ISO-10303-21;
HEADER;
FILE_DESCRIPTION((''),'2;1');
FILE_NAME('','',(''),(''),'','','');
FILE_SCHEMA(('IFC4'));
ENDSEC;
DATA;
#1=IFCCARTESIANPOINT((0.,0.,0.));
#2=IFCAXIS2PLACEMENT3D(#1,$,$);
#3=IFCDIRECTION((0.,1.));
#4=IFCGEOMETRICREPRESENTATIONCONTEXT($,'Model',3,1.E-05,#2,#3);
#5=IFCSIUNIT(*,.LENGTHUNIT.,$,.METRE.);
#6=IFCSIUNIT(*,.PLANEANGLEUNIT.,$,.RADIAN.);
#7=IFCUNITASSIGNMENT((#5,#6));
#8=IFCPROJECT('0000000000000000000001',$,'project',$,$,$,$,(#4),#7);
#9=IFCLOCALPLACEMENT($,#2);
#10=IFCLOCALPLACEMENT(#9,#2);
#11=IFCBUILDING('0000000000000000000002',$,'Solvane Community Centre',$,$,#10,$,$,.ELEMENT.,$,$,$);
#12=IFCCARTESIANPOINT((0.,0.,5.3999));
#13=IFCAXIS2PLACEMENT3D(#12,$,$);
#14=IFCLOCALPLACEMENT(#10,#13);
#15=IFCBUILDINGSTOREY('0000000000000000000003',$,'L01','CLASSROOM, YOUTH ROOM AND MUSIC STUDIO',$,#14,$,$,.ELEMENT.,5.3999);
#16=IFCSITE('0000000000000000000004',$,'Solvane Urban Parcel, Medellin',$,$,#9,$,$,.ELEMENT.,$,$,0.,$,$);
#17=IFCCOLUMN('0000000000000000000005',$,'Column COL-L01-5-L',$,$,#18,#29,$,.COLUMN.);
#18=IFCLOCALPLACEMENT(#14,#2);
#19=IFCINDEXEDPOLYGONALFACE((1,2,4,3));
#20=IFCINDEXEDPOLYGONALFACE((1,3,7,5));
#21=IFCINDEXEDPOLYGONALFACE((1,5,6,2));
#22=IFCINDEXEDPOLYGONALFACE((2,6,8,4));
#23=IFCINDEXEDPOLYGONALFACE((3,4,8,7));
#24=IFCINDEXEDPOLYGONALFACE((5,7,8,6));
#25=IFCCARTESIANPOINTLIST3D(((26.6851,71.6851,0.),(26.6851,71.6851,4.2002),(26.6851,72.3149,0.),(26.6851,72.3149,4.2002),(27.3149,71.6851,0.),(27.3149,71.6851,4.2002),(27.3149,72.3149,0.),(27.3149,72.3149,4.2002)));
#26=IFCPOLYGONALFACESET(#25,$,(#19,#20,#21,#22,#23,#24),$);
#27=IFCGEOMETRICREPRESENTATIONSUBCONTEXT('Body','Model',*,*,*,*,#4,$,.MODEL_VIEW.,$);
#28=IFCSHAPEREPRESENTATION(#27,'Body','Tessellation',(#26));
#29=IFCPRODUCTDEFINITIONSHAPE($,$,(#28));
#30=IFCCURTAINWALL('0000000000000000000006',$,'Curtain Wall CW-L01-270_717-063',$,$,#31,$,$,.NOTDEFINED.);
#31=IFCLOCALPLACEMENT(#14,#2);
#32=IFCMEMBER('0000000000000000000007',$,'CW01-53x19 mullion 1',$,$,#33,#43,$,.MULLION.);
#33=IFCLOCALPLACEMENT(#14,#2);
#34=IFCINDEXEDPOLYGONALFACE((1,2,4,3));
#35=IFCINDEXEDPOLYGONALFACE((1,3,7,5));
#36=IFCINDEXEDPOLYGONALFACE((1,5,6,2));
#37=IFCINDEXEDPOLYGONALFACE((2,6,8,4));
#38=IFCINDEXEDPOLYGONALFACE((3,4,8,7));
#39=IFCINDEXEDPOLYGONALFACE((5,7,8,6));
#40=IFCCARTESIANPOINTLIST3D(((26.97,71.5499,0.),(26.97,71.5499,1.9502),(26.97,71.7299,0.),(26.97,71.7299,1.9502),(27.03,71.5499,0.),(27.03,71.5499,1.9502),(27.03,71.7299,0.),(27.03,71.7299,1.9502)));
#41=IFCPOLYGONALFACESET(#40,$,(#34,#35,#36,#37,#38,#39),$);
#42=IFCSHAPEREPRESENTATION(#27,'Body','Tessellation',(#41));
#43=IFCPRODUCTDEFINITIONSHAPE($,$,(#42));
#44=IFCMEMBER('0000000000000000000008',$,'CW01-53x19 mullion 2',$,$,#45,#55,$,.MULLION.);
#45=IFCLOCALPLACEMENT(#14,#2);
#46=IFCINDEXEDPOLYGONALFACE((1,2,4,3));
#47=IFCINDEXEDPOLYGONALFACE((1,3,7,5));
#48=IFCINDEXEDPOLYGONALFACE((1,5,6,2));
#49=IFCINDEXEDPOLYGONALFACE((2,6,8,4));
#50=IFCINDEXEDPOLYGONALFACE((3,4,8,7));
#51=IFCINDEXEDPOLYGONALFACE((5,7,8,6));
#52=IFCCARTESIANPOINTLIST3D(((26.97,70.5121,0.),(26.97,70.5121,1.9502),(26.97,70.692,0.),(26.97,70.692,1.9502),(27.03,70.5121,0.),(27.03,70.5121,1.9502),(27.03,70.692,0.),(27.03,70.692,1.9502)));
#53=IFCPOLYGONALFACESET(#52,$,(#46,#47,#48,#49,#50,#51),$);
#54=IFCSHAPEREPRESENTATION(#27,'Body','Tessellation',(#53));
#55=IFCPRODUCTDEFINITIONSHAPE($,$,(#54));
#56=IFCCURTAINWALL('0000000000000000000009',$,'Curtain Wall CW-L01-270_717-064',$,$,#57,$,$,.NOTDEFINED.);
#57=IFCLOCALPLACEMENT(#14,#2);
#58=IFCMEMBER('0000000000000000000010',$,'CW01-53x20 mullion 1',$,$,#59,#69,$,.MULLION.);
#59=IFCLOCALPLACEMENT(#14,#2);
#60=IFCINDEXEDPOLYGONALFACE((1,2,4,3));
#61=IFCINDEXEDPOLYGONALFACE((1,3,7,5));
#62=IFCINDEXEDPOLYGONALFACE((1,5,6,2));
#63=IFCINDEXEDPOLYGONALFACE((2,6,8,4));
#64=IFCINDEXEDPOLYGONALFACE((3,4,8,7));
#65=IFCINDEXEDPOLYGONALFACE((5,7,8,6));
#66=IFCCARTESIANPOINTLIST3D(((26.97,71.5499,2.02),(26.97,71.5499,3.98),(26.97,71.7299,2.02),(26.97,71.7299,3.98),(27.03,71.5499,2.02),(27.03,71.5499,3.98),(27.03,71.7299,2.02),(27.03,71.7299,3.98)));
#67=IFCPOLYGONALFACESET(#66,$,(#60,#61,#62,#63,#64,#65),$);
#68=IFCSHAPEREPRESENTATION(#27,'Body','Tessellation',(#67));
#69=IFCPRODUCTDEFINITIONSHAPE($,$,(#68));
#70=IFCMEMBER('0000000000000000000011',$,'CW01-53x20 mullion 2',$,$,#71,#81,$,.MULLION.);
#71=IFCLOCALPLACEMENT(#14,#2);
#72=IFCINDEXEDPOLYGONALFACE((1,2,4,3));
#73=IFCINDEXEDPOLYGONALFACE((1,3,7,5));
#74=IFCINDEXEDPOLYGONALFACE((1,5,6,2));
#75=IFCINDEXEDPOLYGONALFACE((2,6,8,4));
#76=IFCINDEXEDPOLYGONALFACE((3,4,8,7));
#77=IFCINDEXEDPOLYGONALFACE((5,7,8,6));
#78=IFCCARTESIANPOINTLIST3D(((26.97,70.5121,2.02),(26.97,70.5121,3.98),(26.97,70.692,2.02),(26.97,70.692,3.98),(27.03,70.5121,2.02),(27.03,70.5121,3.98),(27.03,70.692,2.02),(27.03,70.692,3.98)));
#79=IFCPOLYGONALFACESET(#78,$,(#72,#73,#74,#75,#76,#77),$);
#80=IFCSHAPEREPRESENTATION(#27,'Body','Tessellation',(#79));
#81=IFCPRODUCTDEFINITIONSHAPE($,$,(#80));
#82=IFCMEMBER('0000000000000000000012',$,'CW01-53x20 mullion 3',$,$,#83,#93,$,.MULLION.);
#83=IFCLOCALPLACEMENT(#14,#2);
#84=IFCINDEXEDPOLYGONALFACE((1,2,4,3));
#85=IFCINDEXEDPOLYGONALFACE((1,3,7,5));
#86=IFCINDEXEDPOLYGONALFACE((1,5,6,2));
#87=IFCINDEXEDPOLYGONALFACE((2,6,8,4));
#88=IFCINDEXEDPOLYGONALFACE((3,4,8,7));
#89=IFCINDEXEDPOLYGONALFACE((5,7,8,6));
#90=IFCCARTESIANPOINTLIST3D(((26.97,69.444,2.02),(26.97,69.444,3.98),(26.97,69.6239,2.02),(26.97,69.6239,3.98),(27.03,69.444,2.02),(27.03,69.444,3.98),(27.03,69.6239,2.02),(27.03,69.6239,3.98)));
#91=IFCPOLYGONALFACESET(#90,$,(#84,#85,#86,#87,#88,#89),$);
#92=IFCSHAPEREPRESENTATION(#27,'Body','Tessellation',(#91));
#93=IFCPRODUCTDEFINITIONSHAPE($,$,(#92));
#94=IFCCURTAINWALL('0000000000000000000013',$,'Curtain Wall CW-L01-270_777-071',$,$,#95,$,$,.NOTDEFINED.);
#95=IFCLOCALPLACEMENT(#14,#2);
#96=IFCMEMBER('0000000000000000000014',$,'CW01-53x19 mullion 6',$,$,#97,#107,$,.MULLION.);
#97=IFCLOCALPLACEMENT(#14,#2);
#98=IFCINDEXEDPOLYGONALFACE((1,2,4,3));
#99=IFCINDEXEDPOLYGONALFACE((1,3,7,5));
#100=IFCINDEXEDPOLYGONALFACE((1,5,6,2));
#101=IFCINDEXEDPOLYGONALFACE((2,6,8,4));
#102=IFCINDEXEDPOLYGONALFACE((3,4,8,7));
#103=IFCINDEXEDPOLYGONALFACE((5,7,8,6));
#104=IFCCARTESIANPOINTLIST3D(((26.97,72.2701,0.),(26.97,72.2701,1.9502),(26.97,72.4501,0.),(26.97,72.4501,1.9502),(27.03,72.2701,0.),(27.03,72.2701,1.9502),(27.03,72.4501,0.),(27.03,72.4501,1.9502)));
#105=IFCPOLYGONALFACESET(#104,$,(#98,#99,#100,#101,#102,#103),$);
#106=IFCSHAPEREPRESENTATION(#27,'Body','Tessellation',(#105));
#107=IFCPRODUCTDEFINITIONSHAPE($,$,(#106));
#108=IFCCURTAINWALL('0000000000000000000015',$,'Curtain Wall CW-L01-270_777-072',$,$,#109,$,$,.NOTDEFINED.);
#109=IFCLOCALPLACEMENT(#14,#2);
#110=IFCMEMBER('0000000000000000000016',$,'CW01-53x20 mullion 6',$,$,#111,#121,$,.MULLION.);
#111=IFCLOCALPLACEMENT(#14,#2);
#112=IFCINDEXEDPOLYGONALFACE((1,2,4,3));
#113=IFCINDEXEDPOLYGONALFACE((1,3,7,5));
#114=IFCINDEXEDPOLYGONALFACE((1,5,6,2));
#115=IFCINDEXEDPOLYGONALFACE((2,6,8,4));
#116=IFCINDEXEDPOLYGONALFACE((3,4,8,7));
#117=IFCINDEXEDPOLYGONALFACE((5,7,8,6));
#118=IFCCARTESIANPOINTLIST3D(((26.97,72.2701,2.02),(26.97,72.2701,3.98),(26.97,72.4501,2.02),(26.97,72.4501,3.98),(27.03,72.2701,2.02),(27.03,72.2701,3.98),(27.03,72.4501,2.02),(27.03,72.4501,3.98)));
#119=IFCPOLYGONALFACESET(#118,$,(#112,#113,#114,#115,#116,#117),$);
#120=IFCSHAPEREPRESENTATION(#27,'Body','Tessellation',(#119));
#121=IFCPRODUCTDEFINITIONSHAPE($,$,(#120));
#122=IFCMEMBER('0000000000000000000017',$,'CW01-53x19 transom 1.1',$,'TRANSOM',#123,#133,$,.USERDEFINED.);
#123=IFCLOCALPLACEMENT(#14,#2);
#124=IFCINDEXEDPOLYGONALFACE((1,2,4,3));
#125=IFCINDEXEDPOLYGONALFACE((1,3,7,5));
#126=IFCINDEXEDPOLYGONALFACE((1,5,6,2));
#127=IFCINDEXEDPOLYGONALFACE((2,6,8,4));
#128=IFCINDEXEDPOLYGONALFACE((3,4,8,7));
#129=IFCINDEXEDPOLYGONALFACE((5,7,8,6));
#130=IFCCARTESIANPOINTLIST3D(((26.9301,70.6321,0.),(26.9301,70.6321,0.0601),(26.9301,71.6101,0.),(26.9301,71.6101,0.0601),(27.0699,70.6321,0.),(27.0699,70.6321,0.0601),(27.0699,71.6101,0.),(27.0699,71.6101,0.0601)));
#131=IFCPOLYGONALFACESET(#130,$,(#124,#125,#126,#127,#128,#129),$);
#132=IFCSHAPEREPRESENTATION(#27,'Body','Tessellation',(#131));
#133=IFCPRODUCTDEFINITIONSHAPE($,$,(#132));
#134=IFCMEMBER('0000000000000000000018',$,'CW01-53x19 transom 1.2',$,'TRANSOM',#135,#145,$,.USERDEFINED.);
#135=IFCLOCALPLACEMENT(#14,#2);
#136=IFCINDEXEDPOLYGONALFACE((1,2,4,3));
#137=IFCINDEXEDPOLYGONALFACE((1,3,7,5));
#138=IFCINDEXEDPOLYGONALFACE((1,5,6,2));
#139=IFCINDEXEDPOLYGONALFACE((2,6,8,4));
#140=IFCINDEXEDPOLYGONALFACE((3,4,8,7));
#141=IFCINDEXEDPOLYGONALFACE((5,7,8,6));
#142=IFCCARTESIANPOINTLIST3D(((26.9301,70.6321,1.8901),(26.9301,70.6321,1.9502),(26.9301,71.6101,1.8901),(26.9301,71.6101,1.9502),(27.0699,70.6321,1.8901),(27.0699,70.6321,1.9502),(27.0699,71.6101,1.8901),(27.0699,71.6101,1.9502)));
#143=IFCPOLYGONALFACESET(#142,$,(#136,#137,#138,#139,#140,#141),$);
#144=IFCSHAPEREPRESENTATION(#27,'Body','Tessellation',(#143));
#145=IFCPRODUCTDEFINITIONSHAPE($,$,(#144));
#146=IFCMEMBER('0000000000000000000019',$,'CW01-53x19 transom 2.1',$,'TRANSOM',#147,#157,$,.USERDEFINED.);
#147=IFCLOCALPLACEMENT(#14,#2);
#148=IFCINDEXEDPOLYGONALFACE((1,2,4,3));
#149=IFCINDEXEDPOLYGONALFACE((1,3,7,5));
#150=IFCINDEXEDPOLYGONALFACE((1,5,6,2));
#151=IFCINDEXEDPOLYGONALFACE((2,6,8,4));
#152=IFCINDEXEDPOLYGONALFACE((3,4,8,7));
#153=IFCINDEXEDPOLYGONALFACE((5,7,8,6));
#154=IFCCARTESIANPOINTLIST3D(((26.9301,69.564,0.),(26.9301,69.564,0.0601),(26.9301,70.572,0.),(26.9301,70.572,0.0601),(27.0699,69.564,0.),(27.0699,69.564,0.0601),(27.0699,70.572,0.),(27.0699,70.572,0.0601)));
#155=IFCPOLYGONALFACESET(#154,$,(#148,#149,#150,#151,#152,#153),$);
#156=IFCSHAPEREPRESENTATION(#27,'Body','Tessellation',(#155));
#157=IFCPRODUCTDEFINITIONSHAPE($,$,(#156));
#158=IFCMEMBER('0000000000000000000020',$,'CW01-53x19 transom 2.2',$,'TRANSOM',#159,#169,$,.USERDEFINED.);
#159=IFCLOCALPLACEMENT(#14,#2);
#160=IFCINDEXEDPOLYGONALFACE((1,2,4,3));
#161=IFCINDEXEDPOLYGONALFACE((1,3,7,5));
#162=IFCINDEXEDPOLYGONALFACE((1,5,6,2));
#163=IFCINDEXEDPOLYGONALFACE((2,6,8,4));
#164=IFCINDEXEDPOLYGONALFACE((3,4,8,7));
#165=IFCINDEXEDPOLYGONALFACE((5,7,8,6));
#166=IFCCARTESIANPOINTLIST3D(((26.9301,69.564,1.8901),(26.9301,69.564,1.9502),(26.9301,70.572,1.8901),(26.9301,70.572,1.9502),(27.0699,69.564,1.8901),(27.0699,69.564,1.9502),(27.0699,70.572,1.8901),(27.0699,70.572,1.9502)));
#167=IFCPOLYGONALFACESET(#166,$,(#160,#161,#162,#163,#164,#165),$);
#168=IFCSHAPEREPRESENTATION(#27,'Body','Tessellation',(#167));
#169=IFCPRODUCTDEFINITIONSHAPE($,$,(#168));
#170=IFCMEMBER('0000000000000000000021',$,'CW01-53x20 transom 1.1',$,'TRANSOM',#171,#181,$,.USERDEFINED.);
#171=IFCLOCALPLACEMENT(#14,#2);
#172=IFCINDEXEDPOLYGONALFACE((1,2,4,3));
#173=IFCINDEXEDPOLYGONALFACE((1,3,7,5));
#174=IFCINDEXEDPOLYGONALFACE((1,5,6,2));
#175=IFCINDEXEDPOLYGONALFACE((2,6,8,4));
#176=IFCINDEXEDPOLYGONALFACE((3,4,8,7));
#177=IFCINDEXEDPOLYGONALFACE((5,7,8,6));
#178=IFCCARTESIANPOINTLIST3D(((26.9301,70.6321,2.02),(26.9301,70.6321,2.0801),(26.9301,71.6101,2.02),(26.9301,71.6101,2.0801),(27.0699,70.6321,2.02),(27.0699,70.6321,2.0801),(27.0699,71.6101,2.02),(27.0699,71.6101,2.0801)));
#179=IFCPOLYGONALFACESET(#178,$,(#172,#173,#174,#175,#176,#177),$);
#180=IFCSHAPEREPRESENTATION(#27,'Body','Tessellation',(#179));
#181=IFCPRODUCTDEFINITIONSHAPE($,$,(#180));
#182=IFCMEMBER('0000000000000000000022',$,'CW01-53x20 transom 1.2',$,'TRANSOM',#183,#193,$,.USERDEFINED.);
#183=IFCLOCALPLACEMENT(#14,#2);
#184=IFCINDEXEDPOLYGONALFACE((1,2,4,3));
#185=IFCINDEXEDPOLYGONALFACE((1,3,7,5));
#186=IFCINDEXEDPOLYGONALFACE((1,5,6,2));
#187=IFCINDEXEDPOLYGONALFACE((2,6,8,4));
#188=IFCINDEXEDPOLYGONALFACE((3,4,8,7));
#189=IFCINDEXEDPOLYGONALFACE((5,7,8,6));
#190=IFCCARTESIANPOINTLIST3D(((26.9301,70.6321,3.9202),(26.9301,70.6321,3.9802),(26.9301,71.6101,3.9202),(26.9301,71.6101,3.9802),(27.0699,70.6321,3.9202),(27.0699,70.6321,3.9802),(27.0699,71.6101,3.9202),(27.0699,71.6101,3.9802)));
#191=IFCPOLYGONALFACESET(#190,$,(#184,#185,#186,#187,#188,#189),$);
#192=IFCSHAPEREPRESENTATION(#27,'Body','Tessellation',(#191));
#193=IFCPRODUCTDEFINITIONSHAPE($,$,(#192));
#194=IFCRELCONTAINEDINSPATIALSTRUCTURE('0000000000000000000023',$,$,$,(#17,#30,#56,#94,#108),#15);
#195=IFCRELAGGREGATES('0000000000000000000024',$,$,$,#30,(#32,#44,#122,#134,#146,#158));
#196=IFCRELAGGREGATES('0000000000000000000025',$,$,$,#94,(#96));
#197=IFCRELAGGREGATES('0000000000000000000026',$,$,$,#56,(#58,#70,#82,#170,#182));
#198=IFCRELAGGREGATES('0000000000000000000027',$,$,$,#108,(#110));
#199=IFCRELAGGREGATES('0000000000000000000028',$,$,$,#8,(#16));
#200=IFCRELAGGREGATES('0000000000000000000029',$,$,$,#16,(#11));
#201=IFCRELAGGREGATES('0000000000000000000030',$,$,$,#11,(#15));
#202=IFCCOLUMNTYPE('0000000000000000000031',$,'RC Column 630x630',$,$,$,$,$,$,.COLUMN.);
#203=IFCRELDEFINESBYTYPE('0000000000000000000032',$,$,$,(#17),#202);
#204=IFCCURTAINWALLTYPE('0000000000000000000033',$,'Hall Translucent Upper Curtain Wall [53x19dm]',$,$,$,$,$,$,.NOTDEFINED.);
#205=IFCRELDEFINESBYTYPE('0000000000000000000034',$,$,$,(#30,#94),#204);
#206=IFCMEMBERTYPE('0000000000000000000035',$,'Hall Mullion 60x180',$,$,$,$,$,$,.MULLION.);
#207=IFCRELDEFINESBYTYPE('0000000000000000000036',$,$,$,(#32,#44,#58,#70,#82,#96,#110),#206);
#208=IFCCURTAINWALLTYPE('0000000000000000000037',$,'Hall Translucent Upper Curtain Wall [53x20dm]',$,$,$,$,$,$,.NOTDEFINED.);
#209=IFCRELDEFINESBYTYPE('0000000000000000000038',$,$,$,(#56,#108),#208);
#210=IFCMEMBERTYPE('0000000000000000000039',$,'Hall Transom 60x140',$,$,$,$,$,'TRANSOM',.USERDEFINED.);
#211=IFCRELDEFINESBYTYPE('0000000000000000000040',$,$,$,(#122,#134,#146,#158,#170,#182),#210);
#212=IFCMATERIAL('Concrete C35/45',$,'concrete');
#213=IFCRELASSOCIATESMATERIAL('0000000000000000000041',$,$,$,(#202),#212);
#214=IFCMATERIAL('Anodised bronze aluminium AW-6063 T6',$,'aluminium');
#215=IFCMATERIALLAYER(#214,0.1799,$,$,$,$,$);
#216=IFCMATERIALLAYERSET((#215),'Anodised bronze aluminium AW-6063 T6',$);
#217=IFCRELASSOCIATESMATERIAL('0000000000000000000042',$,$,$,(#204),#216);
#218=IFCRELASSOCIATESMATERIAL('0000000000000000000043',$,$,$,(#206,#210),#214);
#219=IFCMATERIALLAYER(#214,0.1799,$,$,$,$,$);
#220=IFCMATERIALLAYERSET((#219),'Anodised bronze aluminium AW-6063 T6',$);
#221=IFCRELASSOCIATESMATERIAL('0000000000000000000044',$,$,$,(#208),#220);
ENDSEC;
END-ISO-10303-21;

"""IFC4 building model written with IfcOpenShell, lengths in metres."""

from ifc_helpers import new_model, si_unit, direction, frame, origin, origin_2d, place, context, subcontext, project, spatial, rectangle, extrude, material, layer, layer_set, material_profile, profile_set, type_object, element, aggregate, save


model = new_model("IFC4")

# Units and contexts
model_context = context("Model", 3, precision=1e-05, world=origin(), true_north=direction((0.0, 1.0)))
body_context = subcontext(model_context, "Body", "Model", "MODEL_VIEW")
ifc_project = project(units=[si_unit("LENGTHUNIT", "METRE"), si_unit("PLANEANGLEUNIT", "RADIAN")], contexts=[model_context])

# Site, building, storey
site_placement = place(None, origin())
site = spatial("IfcSite", under=ifc_project, at=site_placement, Name="Solvane Urban Parcel, Medellin", CompositionType="ELEMENT", RefElevation=0.0)
building_placement = place(site_placement, origin())
building = spatial("IfcBuilding", under=site, at=building_placement, Name="Solvane Community Centre", CompositionType="ELEMENT")
storey_placement = place(building_placement, frame((0.0, 0.0, 5.3999)))
storey = spatial("IfcBuildingStorey", under=building, at=storey_placement, Name="L01", Description="CLASSROOM, YOUTH ROOM AND MUSIC STUDIO", CompositionType="ELEMENT", Elevation=5.3999)

# Column
ifc_material_1 = material(Name="Concrete C35/45", Category="concrete")
ifc_material_profile_1 = material_profile(ifc_material_1, rectangle(XDim=0.6299, YDim=0.6299, at=origin_2d()), Name="RC 630x630")
ifc_profile_set_1 = profile_set([ifc_material_profile_1], Name="Concrete C35/45")
column_type = type_object("IfcColumnType", Name="RC Column 630x630", PredefinedType="COLUMN", material=ifc_profile_set_1)
column_placement = place(storey_placement, frame((27.0, 72.0, 0.0), z_axis=(0.0, 0.0, 1.0), x_axis=(1.0, 0.0, 0.0)))
element("IfcColumn", 1, at=column_placement, inside=storey, type_object=column_type, Name="Column COL-L01-5-L", PredefinedType="COLUMN", context=body_context, shape_type="SweptSolid", body=[
    extrude(rectangle(XDim=0.6299, YDim=0.6299, at=origin_2d()), origin(), (0.0, 0.0, 1.0), 4.2002),
])

# Curtain walls, members
ifc_material_2 = material(Name="Anodised bronze aluminium AW-6063 T6", Category="aluminium")
ifc_layer_1 = layer(ifc_material_2, 0.1799)
ifc_layer_set_1 = layer_set([ifc_layer_1], Name="Anodised bronze aluminium AW-6063 T6")
curtain_wall_type_1 = type_object("IfcCurtainWallType", Name="Hall Translucent Upper Curtain Wall [53x19dm]", PredefinedType="NOTDEFINED", material=ifc_layer_set_1)
curtain_wall_1_placement = place(storey_placement, origin())
curtain_wall_1 = element("IfcCurtainWall", 2, at=curtain_wall_1_placement, inside=storey, type_object=curtain_wall_type_1, Name="Curtain Wall CW-L01-270_717-063", PredefinedType="NOTDEFINED")
ifc_material_profile_2 = material_profile(ifc_material_2, rectangle(XDim=0.0601, YDim=0.1799, at=origin_2d()), Name="CW-M 60x180")
ifc_profile_set_2 = profile_set([ifc_material_profile_2], Name="Anodised bronze aluminium AW-6063 T6")
member_type_1 = type_object("IfcMemberType", Name="Hall Mullion 60x180", PredefinedType="MULLION", material=ifc_profile_set_2)
member_1_placement = place(storey_placement, frame((27.0, 71.6399, 0.0), z_axis=(0.0, 0.0, 1.0), x_axis=(1.0, 0.0, 0.0)))
member_1 = element("IfcMember", 3, at=member_1_placement, type_object=member_type_1, Name="CW01-53x19 mullion 1", PredefinedType="MULLION", context=body_context, shape_type="SweptSolid", body=[
    extrude(rectangle(XDim=0.0601, YDim=0.1799, at=origin_2d()), origin(), (0.0, 0.0, 1.0), 1.9502),
])
member_2_placement = place(storey_placement, frame((27.0, 70.6021, 0.0), z_axis=(0.0, 0.0, 1.0), x_axis=(1.0, 0.0, 0.0)))
member_2 = element("IfcMember", 4, at=member_2_placement, type_object=member_type_1, Name="CW01-53x19 mullion 2", PredefinedType="MULLION", context=body_context, shape_type="SweptSolid", body=[
    extrude(rectangle(XDim=0.0601, YDim=0.1799, at=origin_2d()), origin(), (0.0, 0.0, 1.0), 1.9502),
])
ifc_layer_2 = layer(ifc_material_2, 0.1799)
ifc_layer_set_2 = layer_set([ifc_layer_2], Name="Anodised bronze aluminium AW-6063 T6")
curtain_wall_type_2 = type_object("IfcCurtainWallType", Name="Hall Translucent Upper Curtain Wall [53x20dm]", PredefinedType="NOTDEFINED", material=ifc_layer_set_2)
curtain_wall_2_placement = place(storey_placement, origin())
curtain_wall_2 = element("IfcCurtainWall", 5, at=curtain_wall_2_placement, inside=storey, type_object=curtain_wall_type_2, Name="Curtain Wall CW-L01-270_717-064", PredefinedType="NOTDEFINED")
member_3_placement = place(storey_placement, frame((27.0, 71.6399, 2.02), z_axis=(0.0, 0.0, 1.0), x_axis=(1.0, 0.0, 0.0)))
member_3 = element("IfcMember", 6, at=member_3_placement, type_object=member_type_1, Name="CW01-53x20 mullion 1", PredefinedType="MULLION", context=body_context, shape_type="SweptSolid", body=[
    extrude(rectangle(XDim=0.0601, YDim=0.1799, at=origin_2d()), origin(), (0.0, 0.0, 1.0), 1.96),
])
member_4_placement = place(storey_placement, frame((27.0, 70.6021, 2.02), z_axis=(0.0, 0.0, 1.0), x_axis=(1.0, 0.0, 0.0)))
member_4 = element("IfcMember", 7, at=member_4_placement, type_object=member_type_1, Name="CW01-53x20 mullion 2", PredefinedType="MULLION", context=body_context, shape_type="SweptSolid", body=[
    extrude(rectangle(XDim=0.0601, YDim=0.1799, at=origin_2d()), origin(), (0.0, 0.0, 1.0), 1.96),
])
member_5_placement = place(storey_placement, frame((27.0, 69.5339, 2.02), z_axis=(0.0, 0.0, 1.0), x_axis=(1.0, 0.0, 0.0)))
member_5 = element("IfcMember", 8, at=member_5_placement, type_object=member_type_1, Name="CW01-53x20 mullion 3", PredefinedType="MULLION", context=body_context, shape_type="SweptSolid", body=[
    extrude(rectangle(XDim=0.0601, YDim=0.1799, at=origin_2d()), origin(), (0.0, 0.0, 1.0), 1.96),
])

# Curtain walls, members
curtain_wall_3_placement = place(storey_placement, origin())
curtain_wall_3 = element("IfcCurtainWall", 9, at=curtain_wall_3_placement, inside=storey, type_object=curtain_wall_type_1, Name="Curtain Wall CW-L01-270_777-071", PredefinedType="NOTDEFINED")
member_6_placement = place(storey_placement, frame((27.0, 72.3601, 0.0), z_axis=(0.0, 0.0, 1.0), x_axis=(1.0, 0.0, 0.0)))
member_6 = element("IfcMember", 10, at=member_6_placement, type_object=member_type_1, Name="CW01-53x19 mullion 6", PredefinedType="MULLION", context=body_context, shape_type="SweptSolid", body=[
    extrude(rectangle(XDim=0.0601, YDim=0.1799, at=origin_2d()), origin(), (0.0, 0.0, 1.0), 1.9502),
])
curtain_wall_4_placement = place(storey_placement, origin())
curtain_wall_4 = element("IfcCurtainWall", 11, at=curtain_wall_4_placement, inside=storey, type_object=curtain_wall_type_2, Name="Curtain Wall CW-L01-270_777-072", PredefinedType="NOTDEFINED")
member_7_placement = place(storey_placement, frame((27.0, 72.3601, 2.02), z_axis=(0.0, 0.0, 1.0), x_axis=(1.0, 0.0, 0.0)))
member_7 = element("IfcMember", 12, at=member_7_placement, type_object=member_type_1, Name="CW01-53x20 mullion 6", PredefinedType="MULLION", context=body_context, shape_type="SweptSolid", body=[
    extrude(rectangle(XDim=0.0601, YDim=0.1799, at=origin_2d()), origin(), (0.0, 0.0, 1.0), 1.96),
])

# Members
ifc_material_profile_3 = material_profile(ifc_material_2, rectangle(XDim=0.1399, YDim=0.0601, at=origin_2d()), Name="CW-T 60x140")
ifc_profile_set_3 = profile_set([ifc_material_profile_3], Name="Anodised bronze aluminium AW-6063 T6")
member_type_2 = type_object("IfcMemberType", Name="Hall Transom 60x140", ElementType="TRANSOM", PredefinedType="USERDEFINED", material=ifc_profile_set_3)
member_8_placement = place(storey_placement, frame((27.0, 71.6101, 0.03), z_axis=(0.0, -1.0, 0.0), x_axis=(1.0, 0.0, 0.0)))
member_8 = element("IfcMember", 13, at=member_8_placement, type_object=member_type_2, Name="CW01-53x19 transom 1.1", ObjectType="TRANSOM", PredefinedType="USERDEFINED", context=body_context, shape_type="SweptSolid", body=[
    extrude(rectangle(XDim=0.1399, YDim=0.0601, at=origin_2d()), origin(), (0.0, 0.0, 1.0), 0.978),
])
member_9_placement = place(storey_placement, frame((27.0, 71.6101, 1.9202), z_axis=(0.0, -1.0, 0.0), x_axis=(1.0, 0.0, 0.0)))
member_9 = element("IfcMember", 14, at=member_9_placement, type_object=member_type_2, Name="CW01-53x19 transom 1.2", ObjectType="TRANSOM", PredefinedType="USERDEFINED", context=body_context, shape_type="SweptSolid", body=[
    extrude(rectangle(XDim=0.1399, YDim=0.0601, at=origin_2d()), origin(), (0.0, 0.0, 1.0), 0.978),
])
member_10_placement = place(storey_placement, frame((27.0, 70.572, 0.03), z_axis=(0.0, -1.0, 0.0), x_axis=(1.0, 0.0, 0.0)))
member_10 = element("IfcMember", 15, at=member_10_placement, type_object=member_type_2, Name="CW01-53x19 transom 2.1", ObjectType="TRANSOM", PredefinedType="USERDEFINED", context=body_context, shape_type="SweptSolid", body=[
    extrude(rectangle(XDim=0.1399, YDim=0.0601, at=origin_2d()), origin(), (0.0, 0.0, 1.0), 1.0081),
])
member_11_placement = place(storey_placement, frame((27.0, 70.572, 1.9202), z_axis=(0.0, -1.0, 0.0), x_axis=(1.0, 0.0, 0.0)))
member_11 = element("IfcMember", 16, at=member_11_placement, type_object=member_type_2, Name="CW01-53x19 transom 2.2", ObjectType="TRANSOM", PredefinedType="USERDEFINED", context=body_context, shape_type="SweptSolid", body=[
    extrude(rectangle(XDim=0.1399, YDim=0.0601, at=origin_2d()), origin(), (0.0, 0.0, 1.0), 1.0081),
])
member_12_placement = place(storey_placement, frame((27.0, 71.6101, 2.05), z_axis=(0.0, -1.0, 0.0), x_axis=(1.0, 0.0, 0.0)))
member_12 = element("IfcMember", 17, at=member_12_placement, type_object=member_type_2, Name="CW01-53x20 transom 1.1", ObjectType="TRANSOM", PredefinedType="USERDEFINED", context=body_context, shape_type="SweptSolid", body=[
    extrude(rectangle(XDim=0.1399, YDim=0.0601, at=origin_2d()), origin(), (0.0, 0.0, 1.0), 0.978),
])
member_13_placement = place(storey_placement, frame((27.0, 71.6101, 3.9502), z_axis=(0.0, -1.0, 0.0), x_axis=(1.0, 0.0, 0.0)))
member_13 = element("IfcMember", 18, at=member_13_placement, type_object=member_type_2, Name="CW01-53x20 transom 1.2", ObjectType="TRANSOM", PredefinedType="USERDEFINED", context=body_context, shape_type="SweptSolid", body=[
    extrude(rectangle(XDim=0.1399, YDim=0.0601, at=origin_2d()), origin(), (0.0, 0.0, 1.0), 0.978),
])

aggregate(curtain_wall_1, [member_1, member_2, member_8, member_9, member_10, member_11])
aggregate(curtain_wall_3, [member_6])
aggregate(curtain_wall_2, [member_3, member_4, member_5, member_12, member_13])
aggregate(curtain_wall_4, [member_7])

save(model, "model.ifc")
